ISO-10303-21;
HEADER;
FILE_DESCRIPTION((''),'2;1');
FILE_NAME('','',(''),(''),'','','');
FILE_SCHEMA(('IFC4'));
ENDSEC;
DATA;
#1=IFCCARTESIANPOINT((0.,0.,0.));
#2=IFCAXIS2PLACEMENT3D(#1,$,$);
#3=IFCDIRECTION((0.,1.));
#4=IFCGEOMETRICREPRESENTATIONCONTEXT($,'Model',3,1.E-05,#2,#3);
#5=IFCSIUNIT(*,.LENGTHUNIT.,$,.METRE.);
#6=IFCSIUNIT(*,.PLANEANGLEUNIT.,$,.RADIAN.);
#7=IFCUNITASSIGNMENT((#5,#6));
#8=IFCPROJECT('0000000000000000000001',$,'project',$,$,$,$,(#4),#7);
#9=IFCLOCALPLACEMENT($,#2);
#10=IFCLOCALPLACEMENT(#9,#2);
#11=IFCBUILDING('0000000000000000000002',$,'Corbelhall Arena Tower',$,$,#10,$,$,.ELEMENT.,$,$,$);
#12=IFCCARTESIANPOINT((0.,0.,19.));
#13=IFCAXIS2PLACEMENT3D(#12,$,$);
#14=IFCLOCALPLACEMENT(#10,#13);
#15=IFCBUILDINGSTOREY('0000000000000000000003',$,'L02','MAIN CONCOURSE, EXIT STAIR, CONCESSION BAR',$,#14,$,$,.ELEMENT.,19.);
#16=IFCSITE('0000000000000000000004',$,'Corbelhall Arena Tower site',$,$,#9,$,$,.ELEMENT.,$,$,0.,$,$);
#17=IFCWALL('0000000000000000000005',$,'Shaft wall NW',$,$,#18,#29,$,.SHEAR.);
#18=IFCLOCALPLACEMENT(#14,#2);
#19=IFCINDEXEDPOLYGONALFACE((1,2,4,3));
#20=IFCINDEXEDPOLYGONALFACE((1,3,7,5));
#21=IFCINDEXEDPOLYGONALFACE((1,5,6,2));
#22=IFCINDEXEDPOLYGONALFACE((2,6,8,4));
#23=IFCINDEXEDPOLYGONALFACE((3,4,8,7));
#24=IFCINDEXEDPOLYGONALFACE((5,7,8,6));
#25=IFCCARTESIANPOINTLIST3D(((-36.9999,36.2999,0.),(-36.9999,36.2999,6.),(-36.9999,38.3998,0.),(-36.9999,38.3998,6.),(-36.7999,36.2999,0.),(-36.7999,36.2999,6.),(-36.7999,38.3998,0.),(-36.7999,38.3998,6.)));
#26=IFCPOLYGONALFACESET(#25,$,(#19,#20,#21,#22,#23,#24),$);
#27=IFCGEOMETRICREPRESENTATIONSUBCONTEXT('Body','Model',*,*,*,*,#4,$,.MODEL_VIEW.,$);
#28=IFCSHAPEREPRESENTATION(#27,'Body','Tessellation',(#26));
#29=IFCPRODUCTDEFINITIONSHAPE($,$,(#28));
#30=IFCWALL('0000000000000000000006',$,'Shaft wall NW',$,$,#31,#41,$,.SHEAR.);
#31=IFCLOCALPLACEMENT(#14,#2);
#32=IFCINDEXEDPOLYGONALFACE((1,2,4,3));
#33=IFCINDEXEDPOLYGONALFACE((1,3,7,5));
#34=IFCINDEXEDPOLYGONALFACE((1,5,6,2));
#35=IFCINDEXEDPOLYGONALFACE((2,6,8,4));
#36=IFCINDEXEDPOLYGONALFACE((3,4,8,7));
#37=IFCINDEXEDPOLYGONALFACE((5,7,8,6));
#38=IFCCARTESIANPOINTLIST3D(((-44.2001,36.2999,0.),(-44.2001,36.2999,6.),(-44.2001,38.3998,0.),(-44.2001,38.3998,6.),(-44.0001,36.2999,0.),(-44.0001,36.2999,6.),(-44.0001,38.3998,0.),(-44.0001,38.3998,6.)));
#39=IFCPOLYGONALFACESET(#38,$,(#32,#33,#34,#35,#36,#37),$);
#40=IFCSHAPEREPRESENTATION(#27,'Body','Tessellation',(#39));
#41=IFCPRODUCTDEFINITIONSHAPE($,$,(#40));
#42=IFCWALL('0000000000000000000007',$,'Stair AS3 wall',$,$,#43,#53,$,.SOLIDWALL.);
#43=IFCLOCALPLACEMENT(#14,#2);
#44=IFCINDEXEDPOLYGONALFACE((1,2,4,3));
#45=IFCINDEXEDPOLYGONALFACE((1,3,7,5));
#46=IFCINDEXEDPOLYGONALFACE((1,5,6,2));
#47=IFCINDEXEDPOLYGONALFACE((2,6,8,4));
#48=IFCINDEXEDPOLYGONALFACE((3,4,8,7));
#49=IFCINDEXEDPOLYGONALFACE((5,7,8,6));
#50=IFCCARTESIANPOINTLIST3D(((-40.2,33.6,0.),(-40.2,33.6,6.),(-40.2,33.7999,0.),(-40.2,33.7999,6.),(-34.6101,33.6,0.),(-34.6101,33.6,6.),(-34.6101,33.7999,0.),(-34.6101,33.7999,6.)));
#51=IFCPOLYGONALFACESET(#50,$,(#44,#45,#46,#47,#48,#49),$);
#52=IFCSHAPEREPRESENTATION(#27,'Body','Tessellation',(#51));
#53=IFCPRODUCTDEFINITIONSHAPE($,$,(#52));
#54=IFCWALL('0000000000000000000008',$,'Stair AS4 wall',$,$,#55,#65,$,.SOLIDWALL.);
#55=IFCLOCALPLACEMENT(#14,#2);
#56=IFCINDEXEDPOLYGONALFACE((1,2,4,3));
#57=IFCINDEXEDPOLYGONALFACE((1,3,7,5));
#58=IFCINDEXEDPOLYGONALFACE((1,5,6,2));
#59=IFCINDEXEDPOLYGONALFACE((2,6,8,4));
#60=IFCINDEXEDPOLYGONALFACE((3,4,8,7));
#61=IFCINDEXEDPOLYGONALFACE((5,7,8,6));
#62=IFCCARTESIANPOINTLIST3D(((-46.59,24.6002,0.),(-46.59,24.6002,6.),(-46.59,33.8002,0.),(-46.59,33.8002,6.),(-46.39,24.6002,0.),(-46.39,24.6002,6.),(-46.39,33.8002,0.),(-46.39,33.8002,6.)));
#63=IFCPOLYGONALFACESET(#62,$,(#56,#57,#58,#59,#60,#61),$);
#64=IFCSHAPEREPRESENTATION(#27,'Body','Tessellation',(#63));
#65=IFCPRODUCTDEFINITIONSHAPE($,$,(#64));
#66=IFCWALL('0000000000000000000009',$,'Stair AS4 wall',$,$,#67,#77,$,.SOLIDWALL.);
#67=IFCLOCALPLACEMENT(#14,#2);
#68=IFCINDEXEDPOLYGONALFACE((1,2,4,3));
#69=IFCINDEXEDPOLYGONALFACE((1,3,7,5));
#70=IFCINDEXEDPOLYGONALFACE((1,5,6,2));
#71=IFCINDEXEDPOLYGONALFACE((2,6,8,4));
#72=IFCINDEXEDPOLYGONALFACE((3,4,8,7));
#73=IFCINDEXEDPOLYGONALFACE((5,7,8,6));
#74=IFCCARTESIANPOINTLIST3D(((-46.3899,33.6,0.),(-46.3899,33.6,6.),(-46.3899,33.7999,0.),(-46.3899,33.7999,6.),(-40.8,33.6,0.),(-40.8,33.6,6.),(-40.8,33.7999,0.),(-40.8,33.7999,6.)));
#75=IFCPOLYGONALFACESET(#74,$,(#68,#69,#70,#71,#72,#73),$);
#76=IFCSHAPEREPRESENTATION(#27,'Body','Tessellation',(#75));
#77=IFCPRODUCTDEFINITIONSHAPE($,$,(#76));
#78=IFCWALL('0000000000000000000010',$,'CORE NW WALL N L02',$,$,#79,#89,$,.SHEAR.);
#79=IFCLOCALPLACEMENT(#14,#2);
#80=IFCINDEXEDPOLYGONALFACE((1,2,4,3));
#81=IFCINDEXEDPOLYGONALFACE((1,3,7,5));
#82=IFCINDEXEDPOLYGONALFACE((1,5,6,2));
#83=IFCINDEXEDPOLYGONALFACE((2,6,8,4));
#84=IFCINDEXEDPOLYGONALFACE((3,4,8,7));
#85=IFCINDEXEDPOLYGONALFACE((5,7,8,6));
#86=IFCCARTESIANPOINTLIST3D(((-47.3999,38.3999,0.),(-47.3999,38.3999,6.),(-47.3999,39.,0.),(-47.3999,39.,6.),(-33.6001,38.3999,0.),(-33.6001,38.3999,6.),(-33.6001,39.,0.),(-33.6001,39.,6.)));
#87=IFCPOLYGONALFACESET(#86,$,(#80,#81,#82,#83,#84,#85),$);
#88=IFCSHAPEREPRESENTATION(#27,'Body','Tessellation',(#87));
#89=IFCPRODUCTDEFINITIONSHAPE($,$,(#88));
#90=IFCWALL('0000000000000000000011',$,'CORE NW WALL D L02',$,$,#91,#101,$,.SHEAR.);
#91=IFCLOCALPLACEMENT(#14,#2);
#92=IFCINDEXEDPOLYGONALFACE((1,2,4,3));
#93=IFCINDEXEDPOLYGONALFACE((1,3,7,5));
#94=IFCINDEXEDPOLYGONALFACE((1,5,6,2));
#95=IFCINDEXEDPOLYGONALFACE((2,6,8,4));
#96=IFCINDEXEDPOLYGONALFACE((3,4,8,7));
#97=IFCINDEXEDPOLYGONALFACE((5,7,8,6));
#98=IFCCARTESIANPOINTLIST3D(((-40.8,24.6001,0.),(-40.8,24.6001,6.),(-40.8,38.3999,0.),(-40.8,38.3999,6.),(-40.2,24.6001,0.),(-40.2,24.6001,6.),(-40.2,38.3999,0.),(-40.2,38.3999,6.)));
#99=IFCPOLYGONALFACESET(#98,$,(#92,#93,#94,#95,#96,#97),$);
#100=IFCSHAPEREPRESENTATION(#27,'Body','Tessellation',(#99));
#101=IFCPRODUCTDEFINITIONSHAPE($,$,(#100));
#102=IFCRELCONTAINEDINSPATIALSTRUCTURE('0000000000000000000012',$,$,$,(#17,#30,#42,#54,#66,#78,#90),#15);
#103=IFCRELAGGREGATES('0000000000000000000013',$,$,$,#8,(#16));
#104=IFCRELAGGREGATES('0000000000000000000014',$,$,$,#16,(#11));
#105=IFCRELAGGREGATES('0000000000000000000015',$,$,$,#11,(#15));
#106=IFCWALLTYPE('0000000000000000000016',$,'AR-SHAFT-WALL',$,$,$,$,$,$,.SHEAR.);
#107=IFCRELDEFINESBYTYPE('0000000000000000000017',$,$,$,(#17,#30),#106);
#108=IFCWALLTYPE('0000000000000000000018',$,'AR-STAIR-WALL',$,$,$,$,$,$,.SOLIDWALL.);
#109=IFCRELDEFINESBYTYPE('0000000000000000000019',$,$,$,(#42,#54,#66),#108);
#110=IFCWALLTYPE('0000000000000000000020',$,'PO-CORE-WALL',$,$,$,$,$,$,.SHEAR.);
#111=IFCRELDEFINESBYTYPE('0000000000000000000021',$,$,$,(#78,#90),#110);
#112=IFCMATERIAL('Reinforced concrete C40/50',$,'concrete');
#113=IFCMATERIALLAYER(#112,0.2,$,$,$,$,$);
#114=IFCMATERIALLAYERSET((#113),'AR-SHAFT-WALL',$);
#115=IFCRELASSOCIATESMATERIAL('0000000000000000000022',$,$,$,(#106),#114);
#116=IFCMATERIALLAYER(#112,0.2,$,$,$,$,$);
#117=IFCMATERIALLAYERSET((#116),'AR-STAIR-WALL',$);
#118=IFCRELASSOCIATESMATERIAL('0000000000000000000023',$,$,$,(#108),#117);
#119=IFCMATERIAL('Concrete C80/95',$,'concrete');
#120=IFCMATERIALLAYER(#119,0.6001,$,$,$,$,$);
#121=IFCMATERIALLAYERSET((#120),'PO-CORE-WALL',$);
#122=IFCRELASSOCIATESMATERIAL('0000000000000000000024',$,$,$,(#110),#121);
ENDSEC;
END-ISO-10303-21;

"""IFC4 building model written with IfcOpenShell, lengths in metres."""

from ifc_helpers import new_model, si_unit, direction, frame, frame_2d, origin, place, context, subcontext, project, spatial, rectangle, extrude, material, layer, layer_set, type_object, element, save


model = new_model("IFC4")

# Units and contexts
model_context = context("Model", 3, precision=1e-05, world=origin(), true_north=direction((0.0, 1.0)))
body_context = subcontext(model_context, "Body", "Model", "MODEL_VIEW")
ifc_project = project(units=[si_unit("LENGTHUNIT", "METRE"), si_unit("PLANEANGLEUNIT", "RADIAN")], contexts=[model_context])

# Site, building, storey
site_placement = place(None, origin())
site = spatial("IfcSite", under=ifc_project, at=site_placement, Name="Corbelhall Arena Tower site", CompositionType="ELEMENT", RefElevation=0.0)
building_placement = place(site_placement, origin())
building = spatial("IfcBuilding", under=site, at=building_placement, Name="Corbelhall Arena Tower", CompositionType="ELEMENT")
storey_placement = place(building_placement, frame((0.0, 0.0, 19.0)))
storey = spatial("IfcBuildingStorey", under=building, at=storey_placement, Name="L02", Description="MAIN CONCOURSE, EXIT STAIR, CONCESSION BAR", CompositionType="ELEMENT", Elevation=19.0)

# Shared definitions
ifc_material_1 = material(Name="Reinforced concrete C40/50", Category="concrete")
ifc_layer_1 = layer(ifc_material_1, 0.2)
ifc_layer_set_1 = layer_set([ifc_layer_1], Name="AR-SHAFT-WALL")
wall_type_1 = type_object("IfcWallType", Name="AR-SHAFT-WALL", PredefinedType="SHEAR", material=ifc_layer_set_1)

# Walls
for number, where, z_axis, x_axis, name in (
    (1, (-36.8999, 36.3, 0.0), (0.0, 0.0, 1.0), (0.0, 1.0, 0.0), "Shaft wall NW"),
    (2, (-44.1001, 36.3, 0.0), (0.0, 0.0, 1.0), (0.0, 1.0, 0.0), "Shaft wall NW"),
):
    element("IfcWall", number, at=place(storey_placement, frame(where, z_axis=z_axis, x_axis=x_axis)), inside=storey, type_object=wall_type_1, Name=name, PredefinedType="SHEAR", context=body_context, shape_type="SweptSolid", body=[
        extrude(rectangle(XDim=2.0999, YDim=0.2, at=frame_2d((1.0498, 0.0))), origin(), (0.0, 0.0, 1.0), 6.0),
    ])
ifc_layer_2 = layer(ifc_material_1, 0.2)
ifc_layer_set_2 = layer_set([ifc_layer_2], Name="AR-STAIR-WALL")
wall_type_2 = type_object("IfcWallType", Name="AR-STAIR-WALL", PredefinedType="SOLIDWALL", material=ifc_layer_set_2)
wall_1_placement = place(storey_placement, frame((-40.2, 33.7, 0.0), z_axis=(0.0, 0.0, 1.0), x_axis=(1.0, 0.0, 0.0)))
element("IfcWall", 3, at=wall_1_placement, inside=storey, type_object=wall_type_2, Name="Stair AS3 wall", PredefinedType="SOLIDWALL", context=body_context, shape_type="SweptSolid", body=[
    extrude(rectangle(XDim=5.5898, YDim=0.2, at=frame_2d((2.7949, 0.0))), origin(), (0.0, 0.0, 1.0), 6.0),
])
wall_2_placement = place(storey_placement, frame((-46.49, 24.6001, 0.0), z_axis=(0.0, 0.0, 1.0), x_axis=(0.0, 1.0, 0.0)))
element("IfcWall", 4, at=wall_2_placement, inside=storey, type_object=wall_type_2, Name="Stair AS4 wall", PredefinedType="SOLIDWALL", context=body_context, shape_type="SweptSolid", body=[
    extrude(rectangle(XDim=9.2, YDim=0.2, at=frame_2d((4.6001, 0.0))), origin(), (0.0, 0.0, 1.0), 6.0),
])
wall_3_placement = place(storey_placement, frame((-46.3899, 33.7, 0.0), z_axis=(0.0, 0.0, 1.0), x_axis=(1.0, 0.0, 0.0)))
element("IfcWall", 5, at=wall_3_placement, inside=storey, type_object=wall_type_2, Name="Stair AS4 wall", PredefinedType="SOLIDWALL", context=body_context, shape_type="SweptSolid", body=[
    extrude(rectangle(XDim=5.5898, YDim=0.2, at=frame_2d((2.7949, 0.0))), origin(), (0.0, 0.0, 1.0), 6.0),
])
ifc_material_2 = material(Name="Concrete C80/95", Category="concrete")
ifc_layer_3 = layer(ifc_material_2, 0.6001)
ifc_layer_set_3 = layer_set([ifc_layer_3], Name="PO-CORE-WALL")
wall_type_3 = type_object("IfcWallType", Name="PO-CORE-WALL", PredefinedType="SHEAR", material=ifc_layer_set_3)
wall_4_placement = place(storey_placement, frame((-47.3999, 38.7, 0.0), z_axis=(0.0, 0.0, 1.0), x_axis=(1.0, 0.0, 0.0)))
element("IfcWall", 6, at=wall_4_placement, inside=storey, type_object=wall_type_3, Name="CORE NW WALL N L02", PredefinedType="SHEAR", context=body_context, shape_type="SweptSolid", body=[
    extrude(rectangle(XDim=13.7998, YDim=0.6001, at=frame_2d((6.8999, 0.0))), origin(), (0.0, 0.0, 1.0), 6.0),
])

# Wall
wall_5_placement = place(storey_placement, frame((-40.5, 24.6001, 0.0), z_axis=(0.0, 0.0, 1.0), x_axis=(0.0, 1.0, 0.0)))
element("IfcWall", 7, at=wall_5_placement, inside=storey, type_object=wall_type_3, Name="CORE NW WALL D L02", PredefinedType="SHEAR", context=body_context, shape_type="SweptSolid", body=[
    extrude(rectangle(XDim=13.7998, YDim=0.6001, at=frame_2d((6.8999, 0.0))), origin(), (0.0, 0.0, 1.0), 6.0),
])

save(model, "model.ifc")
